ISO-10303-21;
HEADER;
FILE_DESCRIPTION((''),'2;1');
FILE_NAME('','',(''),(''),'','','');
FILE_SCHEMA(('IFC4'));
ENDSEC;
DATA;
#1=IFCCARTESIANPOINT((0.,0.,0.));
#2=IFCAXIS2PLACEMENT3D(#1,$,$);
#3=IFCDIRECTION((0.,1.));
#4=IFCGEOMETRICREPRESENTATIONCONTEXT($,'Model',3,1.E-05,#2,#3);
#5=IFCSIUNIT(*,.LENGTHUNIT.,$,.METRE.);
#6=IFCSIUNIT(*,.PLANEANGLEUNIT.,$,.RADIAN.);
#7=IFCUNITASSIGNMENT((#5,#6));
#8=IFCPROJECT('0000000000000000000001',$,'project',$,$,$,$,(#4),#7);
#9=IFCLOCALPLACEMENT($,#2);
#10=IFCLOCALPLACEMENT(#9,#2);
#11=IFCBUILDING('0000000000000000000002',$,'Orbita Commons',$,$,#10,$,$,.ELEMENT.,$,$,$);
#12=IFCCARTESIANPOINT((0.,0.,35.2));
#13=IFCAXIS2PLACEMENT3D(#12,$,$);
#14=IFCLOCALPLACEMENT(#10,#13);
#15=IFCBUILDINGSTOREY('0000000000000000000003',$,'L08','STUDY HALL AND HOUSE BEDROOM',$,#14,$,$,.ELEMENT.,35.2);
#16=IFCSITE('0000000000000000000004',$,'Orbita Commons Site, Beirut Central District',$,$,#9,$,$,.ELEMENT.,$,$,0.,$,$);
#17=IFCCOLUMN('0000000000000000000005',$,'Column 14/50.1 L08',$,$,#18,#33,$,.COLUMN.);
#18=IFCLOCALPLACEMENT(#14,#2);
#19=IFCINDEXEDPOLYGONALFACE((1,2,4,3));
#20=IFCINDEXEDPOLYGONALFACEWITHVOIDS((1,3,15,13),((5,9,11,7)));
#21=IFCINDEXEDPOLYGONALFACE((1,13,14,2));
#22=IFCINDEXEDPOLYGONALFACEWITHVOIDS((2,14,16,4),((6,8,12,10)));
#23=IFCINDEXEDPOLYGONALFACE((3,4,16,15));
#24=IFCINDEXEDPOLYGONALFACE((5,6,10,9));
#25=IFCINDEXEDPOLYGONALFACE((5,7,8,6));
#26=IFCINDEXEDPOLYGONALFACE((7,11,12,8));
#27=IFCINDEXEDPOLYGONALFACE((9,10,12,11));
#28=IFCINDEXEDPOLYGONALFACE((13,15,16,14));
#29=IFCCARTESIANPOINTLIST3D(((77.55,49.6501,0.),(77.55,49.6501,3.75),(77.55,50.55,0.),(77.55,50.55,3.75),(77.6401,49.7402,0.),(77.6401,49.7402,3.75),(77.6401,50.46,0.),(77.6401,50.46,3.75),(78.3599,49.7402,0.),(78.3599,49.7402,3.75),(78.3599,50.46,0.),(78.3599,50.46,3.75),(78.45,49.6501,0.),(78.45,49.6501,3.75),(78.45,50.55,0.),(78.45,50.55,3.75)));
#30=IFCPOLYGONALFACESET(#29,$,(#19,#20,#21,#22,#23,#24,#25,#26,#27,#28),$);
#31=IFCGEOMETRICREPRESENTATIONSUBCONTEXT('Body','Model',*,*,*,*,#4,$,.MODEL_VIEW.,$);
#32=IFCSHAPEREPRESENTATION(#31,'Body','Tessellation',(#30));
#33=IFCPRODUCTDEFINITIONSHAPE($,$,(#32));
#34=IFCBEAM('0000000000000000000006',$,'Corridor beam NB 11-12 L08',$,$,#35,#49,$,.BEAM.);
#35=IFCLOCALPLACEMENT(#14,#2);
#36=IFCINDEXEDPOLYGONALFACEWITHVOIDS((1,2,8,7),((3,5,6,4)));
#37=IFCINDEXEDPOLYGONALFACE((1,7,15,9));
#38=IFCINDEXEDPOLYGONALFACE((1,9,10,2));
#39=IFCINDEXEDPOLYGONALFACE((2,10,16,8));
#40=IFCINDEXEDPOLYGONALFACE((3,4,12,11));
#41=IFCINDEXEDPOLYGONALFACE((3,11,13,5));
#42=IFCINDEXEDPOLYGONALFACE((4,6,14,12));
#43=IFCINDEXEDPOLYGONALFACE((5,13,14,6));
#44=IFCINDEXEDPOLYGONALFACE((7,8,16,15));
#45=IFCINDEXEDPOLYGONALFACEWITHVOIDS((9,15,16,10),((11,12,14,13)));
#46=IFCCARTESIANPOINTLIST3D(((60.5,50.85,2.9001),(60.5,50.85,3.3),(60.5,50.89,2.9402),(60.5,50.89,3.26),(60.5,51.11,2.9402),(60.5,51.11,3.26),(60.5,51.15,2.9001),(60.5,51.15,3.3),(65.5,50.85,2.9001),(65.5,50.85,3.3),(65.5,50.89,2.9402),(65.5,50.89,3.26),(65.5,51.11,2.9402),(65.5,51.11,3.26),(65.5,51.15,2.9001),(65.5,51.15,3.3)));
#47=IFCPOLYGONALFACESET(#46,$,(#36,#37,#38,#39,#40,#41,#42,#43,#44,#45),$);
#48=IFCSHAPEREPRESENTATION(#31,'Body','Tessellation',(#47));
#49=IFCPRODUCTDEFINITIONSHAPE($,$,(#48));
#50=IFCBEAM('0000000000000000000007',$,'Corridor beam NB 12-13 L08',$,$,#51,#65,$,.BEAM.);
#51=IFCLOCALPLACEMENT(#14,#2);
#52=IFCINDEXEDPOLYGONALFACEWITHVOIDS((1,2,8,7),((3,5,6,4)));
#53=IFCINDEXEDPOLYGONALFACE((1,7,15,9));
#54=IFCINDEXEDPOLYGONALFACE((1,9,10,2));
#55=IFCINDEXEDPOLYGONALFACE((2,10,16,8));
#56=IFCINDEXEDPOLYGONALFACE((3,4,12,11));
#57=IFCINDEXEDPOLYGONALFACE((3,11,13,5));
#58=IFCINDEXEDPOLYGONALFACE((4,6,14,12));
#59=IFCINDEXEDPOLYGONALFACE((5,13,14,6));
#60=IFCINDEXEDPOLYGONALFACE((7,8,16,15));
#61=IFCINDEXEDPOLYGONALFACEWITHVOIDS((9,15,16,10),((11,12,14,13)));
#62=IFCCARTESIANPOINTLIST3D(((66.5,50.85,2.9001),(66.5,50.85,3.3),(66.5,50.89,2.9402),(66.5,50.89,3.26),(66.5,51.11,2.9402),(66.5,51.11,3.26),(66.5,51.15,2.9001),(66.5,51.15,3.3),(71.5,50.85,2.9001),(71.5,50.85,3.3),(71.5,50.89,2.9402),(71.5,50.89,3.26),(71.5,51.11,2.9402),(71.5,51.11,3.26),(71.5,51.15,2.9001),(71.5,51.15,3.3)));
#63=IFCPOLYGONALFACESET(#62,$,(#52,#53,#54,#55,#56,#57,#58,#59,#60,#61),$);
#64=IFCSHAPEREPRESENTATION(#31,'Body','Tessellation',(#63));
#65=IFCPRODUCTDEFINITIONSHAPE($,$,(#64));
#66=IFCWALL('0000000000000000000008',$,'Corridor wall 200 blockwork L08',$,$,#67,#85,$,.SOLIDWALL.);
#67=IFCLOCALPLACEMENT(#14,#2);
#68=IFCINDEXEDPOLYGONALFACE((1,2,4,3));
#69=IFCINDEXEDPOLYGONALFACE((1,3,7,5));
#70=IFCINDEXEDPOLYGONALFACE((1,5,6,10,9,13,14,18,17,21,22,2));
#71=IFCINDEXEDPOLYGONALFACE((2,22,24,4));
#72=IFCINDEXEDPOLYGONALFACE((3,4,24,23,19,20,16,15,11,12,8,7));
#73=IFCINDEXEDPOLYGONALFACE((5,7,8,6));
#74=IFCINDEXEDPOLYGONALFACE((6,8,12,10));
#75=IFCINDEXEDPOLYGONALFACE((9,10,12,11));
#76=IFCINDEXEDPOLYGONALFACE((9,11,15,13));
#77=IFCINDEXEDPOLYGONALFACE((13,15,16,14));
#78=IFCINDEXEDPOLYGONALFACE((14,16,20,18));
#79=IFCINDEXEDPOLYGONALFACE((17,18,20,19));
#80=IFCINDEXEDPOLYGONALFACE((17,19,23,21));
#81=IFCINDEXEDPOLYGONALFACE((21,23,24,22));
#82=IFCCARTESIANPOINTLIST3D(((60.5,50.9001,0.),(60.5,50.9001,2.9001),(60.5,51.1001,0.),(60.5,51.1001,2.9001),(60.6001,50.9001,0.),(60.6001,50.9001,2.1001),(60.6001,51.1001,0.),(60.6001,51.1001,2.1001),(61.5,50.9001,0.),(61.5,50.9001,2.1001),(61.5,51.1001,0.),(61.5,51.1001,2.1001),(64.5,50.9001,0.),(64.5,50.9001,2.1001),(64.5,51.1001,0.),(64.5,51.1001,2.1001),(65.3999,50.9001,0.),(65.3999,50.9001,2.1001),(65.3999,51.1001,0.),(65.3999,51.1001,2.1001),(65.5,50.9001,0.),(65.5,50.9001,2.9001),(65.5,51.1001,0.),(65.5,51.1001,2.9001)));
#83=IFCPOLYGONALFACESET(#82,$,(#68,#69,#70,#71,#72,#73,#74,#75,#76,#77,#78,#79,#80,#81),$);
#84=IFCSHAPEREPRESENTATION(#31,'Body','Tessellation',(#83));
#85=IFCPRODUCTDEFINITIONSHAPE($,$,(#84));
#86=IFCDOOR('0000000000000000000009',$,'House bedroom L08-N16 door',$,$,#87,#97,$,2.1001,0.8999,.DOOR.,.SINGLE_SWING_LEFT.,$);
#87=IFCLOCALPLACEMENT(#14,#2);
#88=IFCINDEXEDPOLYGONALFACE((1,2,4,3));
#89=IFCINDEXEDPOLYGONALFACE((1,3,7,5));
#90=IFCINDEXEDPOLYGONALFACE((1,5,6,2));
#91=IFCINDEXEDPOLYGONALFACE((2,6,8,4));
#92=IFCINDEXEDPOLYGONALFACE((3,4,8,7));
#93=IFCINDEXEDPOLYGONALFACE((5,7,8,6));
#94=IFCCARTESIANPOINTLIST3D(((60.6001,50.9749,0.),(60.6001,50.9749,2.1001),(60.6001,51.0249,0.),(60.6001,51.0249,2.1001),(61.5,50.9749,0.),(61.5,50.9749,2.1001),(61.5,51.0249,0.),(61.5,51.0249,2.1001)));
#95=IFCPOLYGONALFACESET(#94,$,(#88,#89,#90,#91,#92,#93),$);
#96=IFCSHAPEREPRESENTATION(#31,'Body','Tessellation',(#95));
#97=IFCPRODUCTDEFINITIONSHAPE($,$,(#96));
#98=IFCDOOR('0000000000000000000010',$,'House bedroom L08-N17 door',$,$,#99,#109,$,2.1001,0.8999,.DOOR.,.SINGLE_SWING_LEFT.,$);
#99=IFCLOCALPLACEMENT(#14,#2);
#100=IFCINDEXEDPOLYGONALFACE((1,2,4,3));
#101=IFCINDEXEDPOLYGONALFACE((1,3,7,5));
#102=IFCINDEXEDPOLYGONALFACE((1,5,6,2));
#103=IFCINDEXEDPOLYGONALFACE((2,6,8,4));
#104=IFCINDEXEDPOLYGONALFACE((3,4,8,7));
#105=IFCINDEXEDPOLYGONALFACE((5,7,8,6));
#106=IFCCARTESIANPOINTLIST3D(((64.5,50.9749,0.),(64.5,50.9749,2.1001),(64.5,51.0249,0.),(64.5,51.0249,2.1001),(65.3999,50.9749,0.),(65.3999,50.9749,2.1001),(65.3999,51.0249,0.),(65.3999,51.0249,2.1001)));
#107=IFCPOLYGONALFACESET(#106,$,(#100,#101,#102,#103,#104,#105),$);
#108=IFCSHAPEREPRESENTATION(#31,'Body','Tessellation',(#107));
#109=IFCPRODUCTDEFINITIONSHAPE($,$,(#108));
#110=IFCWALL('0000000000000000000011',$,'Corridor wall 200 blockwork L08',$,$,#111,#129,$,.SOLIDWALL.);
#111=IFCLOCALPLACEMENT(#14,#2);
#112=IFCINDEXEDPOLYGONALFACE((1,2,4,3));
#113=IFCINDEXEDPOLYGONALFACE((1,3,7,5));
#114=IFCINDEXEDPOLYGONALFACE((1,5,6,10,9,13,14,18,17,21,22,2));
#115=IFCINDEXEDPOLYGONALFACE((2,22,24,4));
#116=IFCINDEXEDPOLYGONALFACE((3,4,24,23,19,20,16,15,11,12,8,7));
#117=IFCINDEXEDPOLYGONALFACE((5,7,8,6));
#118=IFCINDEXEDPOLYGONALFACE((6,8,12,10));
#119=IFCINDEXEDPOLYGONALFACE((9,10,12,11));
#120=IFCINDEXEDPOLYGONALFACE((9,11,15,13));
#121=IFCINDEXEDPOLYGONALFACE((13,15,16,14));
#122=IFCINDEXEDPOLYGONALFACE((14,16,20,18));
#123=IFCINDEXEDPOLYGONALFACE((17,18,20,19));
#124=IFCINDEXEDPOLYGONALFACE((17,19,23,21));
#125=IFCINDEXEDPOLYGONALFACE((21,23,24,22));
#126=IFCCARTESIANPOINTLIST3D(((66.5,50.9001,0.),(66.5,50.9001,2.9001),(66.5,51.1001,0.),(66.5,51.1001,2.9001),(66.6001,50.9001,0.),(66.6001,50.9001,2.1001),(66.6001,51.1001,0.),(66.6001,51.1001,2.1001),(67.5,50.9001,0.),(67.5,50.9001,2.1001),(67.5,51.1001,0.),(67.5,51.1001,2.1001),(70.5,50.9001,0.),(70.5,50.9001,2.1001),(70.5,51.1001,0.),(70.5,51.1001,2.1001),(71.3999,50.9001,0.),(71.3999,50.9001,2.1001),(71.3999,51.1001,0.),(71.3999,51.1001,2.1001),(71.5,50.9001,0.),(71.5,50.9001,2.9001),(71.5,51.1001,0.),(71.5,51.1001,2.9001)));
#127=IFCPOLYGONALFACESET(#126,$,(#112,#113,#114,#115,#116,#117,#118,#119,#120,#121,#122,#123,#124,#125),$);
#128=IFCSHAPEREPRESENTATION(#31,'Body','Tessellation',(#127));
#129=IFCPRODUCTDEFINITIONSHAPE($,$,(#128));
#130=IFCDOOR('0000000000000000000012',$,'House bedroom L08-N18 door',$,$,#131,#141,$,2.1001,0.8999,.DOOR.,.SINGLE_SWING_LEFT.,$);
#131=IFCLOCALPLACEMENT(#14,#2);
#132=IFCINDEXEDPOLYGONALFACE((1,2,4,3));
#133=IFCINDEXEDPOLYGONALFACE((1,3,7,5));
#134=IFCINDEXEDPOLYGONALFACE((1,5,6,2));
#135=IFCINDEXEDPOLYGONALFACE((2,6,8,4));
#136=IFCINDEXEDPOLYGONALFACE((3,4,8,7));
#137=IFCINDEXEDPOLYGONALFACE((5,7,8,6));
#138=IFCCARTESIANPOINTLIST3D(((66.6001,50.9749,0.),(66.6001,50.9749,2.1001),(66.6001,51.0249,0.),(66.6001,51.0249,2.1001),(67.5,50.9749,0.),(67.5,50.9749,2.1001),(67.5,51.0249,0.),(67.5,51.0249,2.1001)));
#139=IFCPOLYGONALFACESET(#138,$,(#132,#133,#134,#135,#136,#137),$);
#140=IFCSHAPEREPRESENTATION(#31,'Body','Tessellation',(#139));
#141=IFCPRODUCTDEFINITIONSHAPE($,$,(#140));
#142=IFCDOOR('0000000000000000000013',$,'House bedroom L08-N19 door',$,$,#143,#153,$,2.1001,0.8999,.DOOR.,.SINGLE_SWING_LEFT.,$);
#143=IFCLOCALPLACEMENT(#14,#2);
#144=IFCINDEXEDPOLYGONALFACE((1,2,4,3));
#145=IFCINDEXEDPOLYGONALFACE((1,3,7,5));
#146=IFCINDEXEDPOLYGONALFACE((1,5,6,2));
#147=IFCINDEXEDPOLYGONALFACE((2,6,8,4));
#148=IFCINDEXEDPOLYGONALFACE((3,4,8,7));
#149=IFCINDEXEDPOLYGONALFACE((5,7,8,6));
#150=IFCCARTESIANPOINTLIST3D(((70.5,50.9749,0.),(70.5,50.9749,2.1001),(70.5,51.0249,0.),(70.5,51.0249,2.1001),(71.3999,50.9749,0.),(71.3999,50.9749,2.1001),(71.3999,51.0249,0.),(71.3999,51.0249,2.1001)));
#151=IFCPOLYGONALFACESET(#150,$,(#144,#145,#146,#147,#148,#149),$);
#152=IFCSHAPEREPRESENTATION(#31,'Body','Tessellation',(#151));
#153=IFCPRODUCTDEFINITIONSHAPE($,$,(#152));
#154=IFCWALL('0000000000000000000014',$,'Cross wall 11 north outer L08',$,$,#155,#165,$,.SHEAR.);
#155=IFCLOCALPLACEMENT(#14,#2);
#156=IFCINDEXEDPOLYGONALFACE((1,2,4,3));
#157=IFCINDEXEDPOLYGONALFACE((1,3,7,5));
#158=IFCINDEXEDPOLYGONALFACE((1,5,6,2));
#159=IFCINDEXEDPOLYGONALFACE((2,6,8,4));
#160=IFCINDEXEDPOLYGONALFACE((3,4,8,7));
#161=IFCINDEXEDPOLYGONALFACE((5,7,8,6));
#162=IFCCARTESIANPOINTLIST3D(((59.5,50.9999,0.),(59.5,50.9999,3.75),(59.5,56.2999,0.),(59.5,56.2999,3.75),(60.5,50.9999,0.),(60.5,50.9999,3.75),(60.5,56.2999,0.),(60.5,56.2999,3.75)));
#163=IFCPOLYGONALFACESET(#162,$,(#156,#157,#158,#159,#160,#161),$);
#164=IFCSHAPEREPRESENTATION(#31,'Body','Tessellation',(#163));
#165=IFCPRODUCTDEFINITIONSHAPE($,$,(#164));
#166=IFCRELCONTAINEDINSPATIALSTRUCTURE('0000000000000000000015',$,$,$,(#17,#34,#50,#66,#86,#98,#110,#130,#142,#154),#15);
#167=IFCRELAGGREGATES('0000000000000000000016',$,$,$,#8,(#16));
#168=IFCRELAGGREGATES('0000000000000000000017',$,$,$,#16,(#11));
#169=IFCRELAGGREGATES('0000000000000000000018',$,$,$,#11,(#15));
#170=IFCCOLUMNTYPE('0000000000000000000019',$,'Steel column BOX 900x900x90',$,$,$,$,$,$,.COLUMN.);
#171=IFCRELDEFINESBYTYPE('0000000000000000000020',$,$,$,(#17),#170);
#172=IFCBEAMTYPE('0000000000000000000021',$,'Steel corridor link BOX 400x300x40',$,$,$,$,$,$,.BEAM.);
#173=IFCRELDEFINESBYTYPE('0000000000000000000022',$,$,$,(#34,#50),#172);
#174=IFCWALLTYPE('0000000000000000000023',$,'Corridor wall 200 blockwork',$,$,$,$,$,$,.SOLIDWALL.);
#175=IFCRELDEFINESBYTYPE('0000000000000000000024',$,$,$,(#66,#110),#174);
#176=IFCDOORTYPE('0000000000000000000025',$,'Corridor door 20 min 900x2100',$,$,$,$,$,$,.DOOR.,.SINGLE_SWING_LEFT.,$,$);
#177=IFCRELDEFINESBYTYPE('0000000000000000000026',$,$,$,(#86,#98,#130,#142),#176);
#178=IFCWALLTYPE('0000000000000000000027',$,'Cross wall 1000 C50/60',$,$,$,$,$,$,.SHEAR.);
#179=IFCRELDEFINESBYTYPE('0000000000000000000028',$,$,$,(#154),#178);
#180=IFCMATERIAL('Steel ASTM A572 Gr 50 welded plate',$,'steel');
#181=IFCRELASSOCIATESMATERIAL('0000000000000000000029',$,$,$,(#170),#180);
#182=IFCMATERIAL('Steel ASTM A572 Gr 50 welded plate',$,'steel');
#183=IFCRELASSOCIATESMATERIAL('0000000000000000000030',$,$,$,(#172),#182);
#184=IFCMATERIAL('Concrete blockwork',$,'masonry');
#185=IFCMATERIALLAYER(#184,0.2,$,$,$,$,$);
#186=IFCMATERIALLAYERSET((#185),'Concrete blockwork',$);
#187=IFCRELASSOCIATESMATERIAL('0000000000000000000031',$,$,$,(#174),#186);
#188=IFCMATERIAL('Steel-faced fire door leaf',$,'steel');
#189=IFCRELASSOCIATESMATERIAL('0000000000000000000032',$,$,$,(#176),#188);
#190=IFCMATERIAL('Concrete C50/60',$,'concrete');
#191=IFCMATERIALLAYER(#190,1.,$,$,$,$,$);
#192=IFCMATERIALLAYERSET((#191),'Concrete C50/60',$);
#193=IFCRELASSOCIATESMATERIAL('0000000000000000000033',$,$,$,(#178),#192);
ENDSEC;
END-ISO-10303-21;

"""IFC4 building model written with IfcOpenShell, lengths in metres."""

from ifc_helpers import new_model, si_unit, direction, frame, frame_2d, origin, origin_2d, place, context, subcontext, project, spatial, polyline, rectangle, hollow_rectangle, outline, extrude, material, layer, layer_set, material_profile, profile_set, type_object, element, fill, save


model = new_model("IFC4")

# Units and contexts
model_context = context("Model", 3, precision=1e-05, world=origin(), true_north=direction((0.0, 1.0)))
body_context = subcontext(model_context, "Body", "Model", "MODEL_VIEW")
ifc_project = project(units=[si_unit("LENGTHUNIT", "METRE"), si_unit("PLANEANGLEUNIT", "RADIAN")], contexts=[model_context])

# Site, building, storey
site_placement = place(None, origin())
site = spatial("IfcSite", under=ifc_project, at=site_placement, Name="Orbita Commons Site, Beirut Central District", CompositionType="ELEMENT", RefElevation=0.0)
building_placement = place(site_placement, origin())
building = spatial("IfcBuilding", under=site, at=building_placement, Name="Orbita Commons", CompositionType="ELEMENT")
storey_placement = place(building_placement, frame((0.0, 0.0, 35.2)))
storey = spatial("IfcBuildingStorey", under=building, at=storey_placement, Name="L08", Description="STUDY HALL AND HOUSE BEDROOM", CompositionType="ELEMENT", Elevation=35.2)

# Column
ifc_material_1 = material(Name="Steel ASTM A572 Gr 50 welded plate", Category="steel")
ifc_material_profile_1 = material_profile(ifc_material_1, hollow_rectangle(XDim=0.8999, YDim=0.8999, WallThickness=0.0901, at=origin_2d()), Name="BOX 900x900x90")
ifc_profile_set_1 = profile_set([ifc_material_profile_1], Name="Steel ASTM A572 Gr 50 welded plate")
column_type = type_object("IfcColumnType", Name="Steel column BOX 900x900x90", PredefinedType="COLUMN", material=ifc_profile_set_1)
column_placement = place(storey_placement, frame((78.0, 50.1001, 0.0), z_axis=(0.0, 0.0, 1.0), x_axis=(1.0, 0.0, 0.0)))
element("IfcColumn", 1, at=column_placement, inside=storey, type_object=column_type, Name="Column 14/50.1 L08", PredefinedType="COLUMN", context=body_context, shape_type="SweptSolid", body=[
    extrude(hollow_rectangle(XDim=0.8999, YDim=0.8999, WallThickness=0.0901, at=origin_2d()), origin(), (0.0, 0.0, 1.0), 3.75),
])

# Beams
ifc_material_2 = material(Name="Steel ASTM A572 Gr 50 welded plate", Category="steel")
ifc_material_profile_2 = material_profile(ifc_material_2, hollow_rectangle(XDim=0.3, YDim=0.3999, WallThickness=0.04, at=origin_2d()), Name="BOX 400x300x40")
ifc_profile_set_2 = profile_set([ifc_material_profile_2], Name="Steel ASTM A572 Gr 50 welded plate")
beam_type = type_object("IfcBeamType", Name="Steel corridor link BOX 400x300x40", PredefinedType="BEAM", material=ifc_profile_set_2)
for number, where, z_axis, x_axis, name in (
    (2, (60.5, 51.0, 3.1001), (1.0, 0.0, 0.0), (0.0, 1.0, 0.0), "Corridor beam NB 11-12 L08"),
    (3, (66.5, 51.0, 3.1001), (1.0, 0.0, 0.0), (0.0, 1.0, 0.0), "Corridor beam NB 12-13 L08"),
):
    element("IfcBeam", number, at=place(storey_placement, frame(where, z_axis=z_axis, x_axis=x_axis)), inside=storey, type_object=beam_type, Name=name, PredefinedType="BEAM", context=body_context, shape_type="SweptSolid", body=[
        extrude(hollow_rectangle(XDim=0.3, YDim=0.3999, WallThickness=0.04, at=origin_2d()), origin(), (0.0, 0.0, 1.0), 5.0),
    ])

# Walls, openings, doors
ifc_material_3 = material(Name="Concrete blockwork", Category="masonry")
ifc_layer_1 = layer(ifc_material_3, 0.2)
ifc_layer_set_1 = layer_set([ifc_layer_1], Name="Concrete blockwork")
wall_type_1 = type_object("IfcWallType", Name="Corridor wall 200 blockwork", PredefinedType="SOLIDWALL", material=ifc_layer_set_1)
wall_1_placement = place(storey_placement, frame((60.5, 51.0, 0.0), z_axis=(0.0, 0.0, 1.0), x_axis=(1.0, 0.0, 0.0)))
wall_1 = element("IfcWall", 4, at=wall_1_placement, inside=storey, type_object=wall_type_1, Name="Corridor wall 200 blockwork L08", PredefinedType="SOLIDWALL", context=body_context, shape_type="SweptSolid", body=[
    extrude(outline(polyline([(0.0, 0.0), (5.0, 0.0), (5.0, 2.9001), (0.0, 2.9001), (0.0, 0.0)])), frame((0.0, 0.1001, 0.0), z_axis=(0.0, -1.0, 0.0), x_axis=(1.0, 0.0, 0.0)), (0.0, 0.0, 1.0), 0.2),
])
opening_1_placement = place(wall_1_placement, frame((0.1001, 0.0, 0.0)))
opening_1 = element("IfcOpeningElement", 5, at=opening_1_placement, cuts=wall_1, PredefinedType="OPENING", context=body_context, shape_type="SweptSolid", body=[
    extrude(rectangle(XDim=0.8999, YDim=2.1001, at=frame_2d((0.45, 1.05))), frame((0.0, 0.1099, 0.0), z_axis=(0.0, -1.0, 0.0), x_axis=(1.0, 0.0, 0.0)), (0.0, 0.0, 1.0), 0.22),
])
opening_2_placement = place(wall_1_placement, frame((4.0, 0.0, 0.0)))
opening_2 = element("IfcOpeningElement", 6, at=opening_2_placement, cuts=wall_1, PredefinedType="OPENING", context=body_context, shape_type="SweptSolid", body=[
    extrude(rectangle(XDim=0.8999, YDim=2.1001, at=frame_2d((0.45, 1.05))), frame((0.0, 0.1099, 0.0), z_axis=(0.0, -1.0, 0.0), x_axis=(1.0, 0.0, 0.0)), (0.0, 0.0, 1.0), 0.22),
])
ifc_material_4 = material(Name="Steel-faced fire door leaf", Category="steel")
door_type_1 = type_object("IfcDoorType", Name="Corridor door 20 min 900x2100", OperationType="SINGLE_SWING_LEFT", PredefinedType="DOOR", material=ifc_material_4)
door_1_placement = place(opening_1_placement, origin())
door_1 = element("IfcDoor", 7, at=door_1_placement, inside=storey, type_object=door_type_1, Name="House bedroom L08-N16 door", OperationType="SINGLE_SWING_LEFT", OverallHeight=2.1001, OverallWidth=0.8999, PredefinedType="DOOR", context=body_context, shape_type="SweptSolid", body=[
    extrude(rectangle(XDim=0.8999, YDim=2.1001, at=frame_2d((0.45, 1.05))), frame((0.0, 0.0249, 0.0), z_axis=(0.0, -1.0, 0.0), x_axis=(1.0, 0.0, 0.0)), (0.0, 0.0, 1.0), 0.05),
])
fill(opening_1, door_1)
door_2_placement = place(opening_2_placement, origin())
door_2 = element("IfcDoor", 8, at=door_2_placement, inside=storey, type_object=door_type_1, Name="House bedroom L08-N17 door", OperationType="SINGLE_SWING_LEFT", OverallHeight=2.1001, OverallWidth=0.8999, PredefinedType="DOOR", context=body_context, shape_type="SweptSolid", body=[
    extrude(rectangle(XDim=0.8999, YDim=2.1001, at=frame_2d((0.45, 1.05))), frame((0.0, 0.0249, 0.0), z_axis=(0.0, -1.0, 0.0), x_axis=(1.0, 0.0, 0.0)), (0.0, 0.0, 1.0), 0.05),
])
fill(opening_2, door_2)
wall_2_placement = place(storey_placement, frame((66.5, 51.0, 0.0), z_axis=(0.0, 0.0, 1.0), x_axis=(1.0, 0.0, 0.0)))
wall_2 = element("IfcWall", 9, at=wall_2_placement, inside=storey, type_object=wall_type_1, Name="Corridor wall 200 blockwork L08", PredefinedType="SOLIDWALL", context=body_context, shape_type="SweptSolid", body=[
    extrude(outline(polyline([(0.0, 0.0), (5.0, 0.0), (5.0, 2.9001), (0.0, 2.9001), (0.0, 0.0)])), frame((0.0, 0.1001, 0.0), z_axis=(0.0, -1.0, 0.0), x_axis=(1.0, 0.0, 0.0)), (0.0, 0.0, 1.0), 0.2),
])
opening_3_placement = place(wall_2_placement, frame((0.1001, 0.0, 0.0)))
opening_3 = element("IfcOpeningElement", 10, at=opening_3_placement, cuts=wall_2, PredefinedType="OPENING", context=body_context, shape_type="SweptSolid", body=[
    extrude(rectangle(XDim=0.8999, YDim=2.1001, at=frame_2d((0.45, 1.05))), frame((0.0, 0.1099, 0.0), z_axis=(0.0, -1.0, 0.0), x_axis=(1.0, 0.0, 0.0)), (0.0, 0.0, 1.0), 0.22),
])
opening_4_placement = place(wall_2_placement, frame((4.0, 0.0, 0.0)))
opening_4 = element("IfcOpeningElement", 11, at=opening_4_placement, cuts=wall_2, PredefinedType="OPENING", context=body_context, shape_type="SweptSolid", body=[
    extrude(rectangle(XDim=0.8999, YDim=2.1001, at=frame_2d((0.45, 1.05))), frame((0.0, 0.1099, 0.0), z_axis=(0.0, -1.0, 0.0), x_axis=(1.0, 0.0, 0.0)), (0.0, 0.0, 1.0), 0.22),
])
door_3_placement = place(opening_3_placement, origin())
door_3 = element("IfcDoor", 12, at=door_3_placement, inside=storey, type_object=door_type_1, Name="House bedroom L08-N18 door", OperationType="SINGLE_SWING_LEFT", OverallHeight=2.1001, OverallWidth=0.8999, PredefinedType="DOOR", context=body_context, shape_type="SweptSolid", body=[
    extrude(rectangle(XDim=0.8999, YDim=2.1001, at=frame_2d((0.45, 1.05))), frame((0.0, 0.0249, 0.0), z_axis=(0.0, -1.0, 0.0), x_axis=(1.0, 0.0, 0.0)), (0.0, 0.0, 1.0), 0.05),
])
fill(opening_3, door_3)
door_4_placement = place(opening_4_placement, origin())
door_4 = element("IfcDoor", 13, at=door_4_placement, inside=storey, type_object=door_type_1, Name="House bedroom L08-N19 door", OperationType="SINGLE_SWING_LEFT", OverallHeight=2.1001, OverallWidth=0.8999, PredefinedType="DOOR", context=body_context, shape_type="SweptSolid", body=[
    extrude(rectangle(XDim=0.8999, YDim=2.1001, at=frame_2d((0.45, 1.05))), frame((0.0, 0.0249, 0.0), z_axis=(0.0, -1.0, 0.0), x_axis=(1.0, 0.0, 0.0)), (0.0, 0.0, 1.0), 0.05),
])
fill(opening_4, door_4)

# Wall
ifc_material_5 = material(Name="Concrete C50/60", Category="concrete")
ifc_layer_2 = layer(ifc_material_5, 1.0)
ifc_layer_set_2 = layer_set([ifc_layer_2], Name="Concrete C50/60")
wall_type_2 = type_object("IfcWallType", Name="Cross wall 1000 C50/60", PredefinedType="SHEAR", material=ifc_layer_set_2)
for number, where, z_axis, x_axis, name in (
    (14, (60.0, 51.0, 0.0), (0.0, 0.0, 1.0), (0.0, 1.0, 0.0), "Cross wall 11 north outer L08"),
):
    element("IfcWall", number, at=place(storey_placement, frame(where, z_axis=z_axis, x_axis=x_axis)), inside=storey, type_object=wall_type_2, Name=name, PredefinedType="SHEAR", context=body_context, shape_type="SweptSolid", body=[
        extrude(rectangle(XDim=5.3, YDim=1.0, at=frame_2d((2.6499, 0.0))), origin(), (0.0, 0.0, 1.0), 3.75),
    ])

save(model, "model.ifc")
